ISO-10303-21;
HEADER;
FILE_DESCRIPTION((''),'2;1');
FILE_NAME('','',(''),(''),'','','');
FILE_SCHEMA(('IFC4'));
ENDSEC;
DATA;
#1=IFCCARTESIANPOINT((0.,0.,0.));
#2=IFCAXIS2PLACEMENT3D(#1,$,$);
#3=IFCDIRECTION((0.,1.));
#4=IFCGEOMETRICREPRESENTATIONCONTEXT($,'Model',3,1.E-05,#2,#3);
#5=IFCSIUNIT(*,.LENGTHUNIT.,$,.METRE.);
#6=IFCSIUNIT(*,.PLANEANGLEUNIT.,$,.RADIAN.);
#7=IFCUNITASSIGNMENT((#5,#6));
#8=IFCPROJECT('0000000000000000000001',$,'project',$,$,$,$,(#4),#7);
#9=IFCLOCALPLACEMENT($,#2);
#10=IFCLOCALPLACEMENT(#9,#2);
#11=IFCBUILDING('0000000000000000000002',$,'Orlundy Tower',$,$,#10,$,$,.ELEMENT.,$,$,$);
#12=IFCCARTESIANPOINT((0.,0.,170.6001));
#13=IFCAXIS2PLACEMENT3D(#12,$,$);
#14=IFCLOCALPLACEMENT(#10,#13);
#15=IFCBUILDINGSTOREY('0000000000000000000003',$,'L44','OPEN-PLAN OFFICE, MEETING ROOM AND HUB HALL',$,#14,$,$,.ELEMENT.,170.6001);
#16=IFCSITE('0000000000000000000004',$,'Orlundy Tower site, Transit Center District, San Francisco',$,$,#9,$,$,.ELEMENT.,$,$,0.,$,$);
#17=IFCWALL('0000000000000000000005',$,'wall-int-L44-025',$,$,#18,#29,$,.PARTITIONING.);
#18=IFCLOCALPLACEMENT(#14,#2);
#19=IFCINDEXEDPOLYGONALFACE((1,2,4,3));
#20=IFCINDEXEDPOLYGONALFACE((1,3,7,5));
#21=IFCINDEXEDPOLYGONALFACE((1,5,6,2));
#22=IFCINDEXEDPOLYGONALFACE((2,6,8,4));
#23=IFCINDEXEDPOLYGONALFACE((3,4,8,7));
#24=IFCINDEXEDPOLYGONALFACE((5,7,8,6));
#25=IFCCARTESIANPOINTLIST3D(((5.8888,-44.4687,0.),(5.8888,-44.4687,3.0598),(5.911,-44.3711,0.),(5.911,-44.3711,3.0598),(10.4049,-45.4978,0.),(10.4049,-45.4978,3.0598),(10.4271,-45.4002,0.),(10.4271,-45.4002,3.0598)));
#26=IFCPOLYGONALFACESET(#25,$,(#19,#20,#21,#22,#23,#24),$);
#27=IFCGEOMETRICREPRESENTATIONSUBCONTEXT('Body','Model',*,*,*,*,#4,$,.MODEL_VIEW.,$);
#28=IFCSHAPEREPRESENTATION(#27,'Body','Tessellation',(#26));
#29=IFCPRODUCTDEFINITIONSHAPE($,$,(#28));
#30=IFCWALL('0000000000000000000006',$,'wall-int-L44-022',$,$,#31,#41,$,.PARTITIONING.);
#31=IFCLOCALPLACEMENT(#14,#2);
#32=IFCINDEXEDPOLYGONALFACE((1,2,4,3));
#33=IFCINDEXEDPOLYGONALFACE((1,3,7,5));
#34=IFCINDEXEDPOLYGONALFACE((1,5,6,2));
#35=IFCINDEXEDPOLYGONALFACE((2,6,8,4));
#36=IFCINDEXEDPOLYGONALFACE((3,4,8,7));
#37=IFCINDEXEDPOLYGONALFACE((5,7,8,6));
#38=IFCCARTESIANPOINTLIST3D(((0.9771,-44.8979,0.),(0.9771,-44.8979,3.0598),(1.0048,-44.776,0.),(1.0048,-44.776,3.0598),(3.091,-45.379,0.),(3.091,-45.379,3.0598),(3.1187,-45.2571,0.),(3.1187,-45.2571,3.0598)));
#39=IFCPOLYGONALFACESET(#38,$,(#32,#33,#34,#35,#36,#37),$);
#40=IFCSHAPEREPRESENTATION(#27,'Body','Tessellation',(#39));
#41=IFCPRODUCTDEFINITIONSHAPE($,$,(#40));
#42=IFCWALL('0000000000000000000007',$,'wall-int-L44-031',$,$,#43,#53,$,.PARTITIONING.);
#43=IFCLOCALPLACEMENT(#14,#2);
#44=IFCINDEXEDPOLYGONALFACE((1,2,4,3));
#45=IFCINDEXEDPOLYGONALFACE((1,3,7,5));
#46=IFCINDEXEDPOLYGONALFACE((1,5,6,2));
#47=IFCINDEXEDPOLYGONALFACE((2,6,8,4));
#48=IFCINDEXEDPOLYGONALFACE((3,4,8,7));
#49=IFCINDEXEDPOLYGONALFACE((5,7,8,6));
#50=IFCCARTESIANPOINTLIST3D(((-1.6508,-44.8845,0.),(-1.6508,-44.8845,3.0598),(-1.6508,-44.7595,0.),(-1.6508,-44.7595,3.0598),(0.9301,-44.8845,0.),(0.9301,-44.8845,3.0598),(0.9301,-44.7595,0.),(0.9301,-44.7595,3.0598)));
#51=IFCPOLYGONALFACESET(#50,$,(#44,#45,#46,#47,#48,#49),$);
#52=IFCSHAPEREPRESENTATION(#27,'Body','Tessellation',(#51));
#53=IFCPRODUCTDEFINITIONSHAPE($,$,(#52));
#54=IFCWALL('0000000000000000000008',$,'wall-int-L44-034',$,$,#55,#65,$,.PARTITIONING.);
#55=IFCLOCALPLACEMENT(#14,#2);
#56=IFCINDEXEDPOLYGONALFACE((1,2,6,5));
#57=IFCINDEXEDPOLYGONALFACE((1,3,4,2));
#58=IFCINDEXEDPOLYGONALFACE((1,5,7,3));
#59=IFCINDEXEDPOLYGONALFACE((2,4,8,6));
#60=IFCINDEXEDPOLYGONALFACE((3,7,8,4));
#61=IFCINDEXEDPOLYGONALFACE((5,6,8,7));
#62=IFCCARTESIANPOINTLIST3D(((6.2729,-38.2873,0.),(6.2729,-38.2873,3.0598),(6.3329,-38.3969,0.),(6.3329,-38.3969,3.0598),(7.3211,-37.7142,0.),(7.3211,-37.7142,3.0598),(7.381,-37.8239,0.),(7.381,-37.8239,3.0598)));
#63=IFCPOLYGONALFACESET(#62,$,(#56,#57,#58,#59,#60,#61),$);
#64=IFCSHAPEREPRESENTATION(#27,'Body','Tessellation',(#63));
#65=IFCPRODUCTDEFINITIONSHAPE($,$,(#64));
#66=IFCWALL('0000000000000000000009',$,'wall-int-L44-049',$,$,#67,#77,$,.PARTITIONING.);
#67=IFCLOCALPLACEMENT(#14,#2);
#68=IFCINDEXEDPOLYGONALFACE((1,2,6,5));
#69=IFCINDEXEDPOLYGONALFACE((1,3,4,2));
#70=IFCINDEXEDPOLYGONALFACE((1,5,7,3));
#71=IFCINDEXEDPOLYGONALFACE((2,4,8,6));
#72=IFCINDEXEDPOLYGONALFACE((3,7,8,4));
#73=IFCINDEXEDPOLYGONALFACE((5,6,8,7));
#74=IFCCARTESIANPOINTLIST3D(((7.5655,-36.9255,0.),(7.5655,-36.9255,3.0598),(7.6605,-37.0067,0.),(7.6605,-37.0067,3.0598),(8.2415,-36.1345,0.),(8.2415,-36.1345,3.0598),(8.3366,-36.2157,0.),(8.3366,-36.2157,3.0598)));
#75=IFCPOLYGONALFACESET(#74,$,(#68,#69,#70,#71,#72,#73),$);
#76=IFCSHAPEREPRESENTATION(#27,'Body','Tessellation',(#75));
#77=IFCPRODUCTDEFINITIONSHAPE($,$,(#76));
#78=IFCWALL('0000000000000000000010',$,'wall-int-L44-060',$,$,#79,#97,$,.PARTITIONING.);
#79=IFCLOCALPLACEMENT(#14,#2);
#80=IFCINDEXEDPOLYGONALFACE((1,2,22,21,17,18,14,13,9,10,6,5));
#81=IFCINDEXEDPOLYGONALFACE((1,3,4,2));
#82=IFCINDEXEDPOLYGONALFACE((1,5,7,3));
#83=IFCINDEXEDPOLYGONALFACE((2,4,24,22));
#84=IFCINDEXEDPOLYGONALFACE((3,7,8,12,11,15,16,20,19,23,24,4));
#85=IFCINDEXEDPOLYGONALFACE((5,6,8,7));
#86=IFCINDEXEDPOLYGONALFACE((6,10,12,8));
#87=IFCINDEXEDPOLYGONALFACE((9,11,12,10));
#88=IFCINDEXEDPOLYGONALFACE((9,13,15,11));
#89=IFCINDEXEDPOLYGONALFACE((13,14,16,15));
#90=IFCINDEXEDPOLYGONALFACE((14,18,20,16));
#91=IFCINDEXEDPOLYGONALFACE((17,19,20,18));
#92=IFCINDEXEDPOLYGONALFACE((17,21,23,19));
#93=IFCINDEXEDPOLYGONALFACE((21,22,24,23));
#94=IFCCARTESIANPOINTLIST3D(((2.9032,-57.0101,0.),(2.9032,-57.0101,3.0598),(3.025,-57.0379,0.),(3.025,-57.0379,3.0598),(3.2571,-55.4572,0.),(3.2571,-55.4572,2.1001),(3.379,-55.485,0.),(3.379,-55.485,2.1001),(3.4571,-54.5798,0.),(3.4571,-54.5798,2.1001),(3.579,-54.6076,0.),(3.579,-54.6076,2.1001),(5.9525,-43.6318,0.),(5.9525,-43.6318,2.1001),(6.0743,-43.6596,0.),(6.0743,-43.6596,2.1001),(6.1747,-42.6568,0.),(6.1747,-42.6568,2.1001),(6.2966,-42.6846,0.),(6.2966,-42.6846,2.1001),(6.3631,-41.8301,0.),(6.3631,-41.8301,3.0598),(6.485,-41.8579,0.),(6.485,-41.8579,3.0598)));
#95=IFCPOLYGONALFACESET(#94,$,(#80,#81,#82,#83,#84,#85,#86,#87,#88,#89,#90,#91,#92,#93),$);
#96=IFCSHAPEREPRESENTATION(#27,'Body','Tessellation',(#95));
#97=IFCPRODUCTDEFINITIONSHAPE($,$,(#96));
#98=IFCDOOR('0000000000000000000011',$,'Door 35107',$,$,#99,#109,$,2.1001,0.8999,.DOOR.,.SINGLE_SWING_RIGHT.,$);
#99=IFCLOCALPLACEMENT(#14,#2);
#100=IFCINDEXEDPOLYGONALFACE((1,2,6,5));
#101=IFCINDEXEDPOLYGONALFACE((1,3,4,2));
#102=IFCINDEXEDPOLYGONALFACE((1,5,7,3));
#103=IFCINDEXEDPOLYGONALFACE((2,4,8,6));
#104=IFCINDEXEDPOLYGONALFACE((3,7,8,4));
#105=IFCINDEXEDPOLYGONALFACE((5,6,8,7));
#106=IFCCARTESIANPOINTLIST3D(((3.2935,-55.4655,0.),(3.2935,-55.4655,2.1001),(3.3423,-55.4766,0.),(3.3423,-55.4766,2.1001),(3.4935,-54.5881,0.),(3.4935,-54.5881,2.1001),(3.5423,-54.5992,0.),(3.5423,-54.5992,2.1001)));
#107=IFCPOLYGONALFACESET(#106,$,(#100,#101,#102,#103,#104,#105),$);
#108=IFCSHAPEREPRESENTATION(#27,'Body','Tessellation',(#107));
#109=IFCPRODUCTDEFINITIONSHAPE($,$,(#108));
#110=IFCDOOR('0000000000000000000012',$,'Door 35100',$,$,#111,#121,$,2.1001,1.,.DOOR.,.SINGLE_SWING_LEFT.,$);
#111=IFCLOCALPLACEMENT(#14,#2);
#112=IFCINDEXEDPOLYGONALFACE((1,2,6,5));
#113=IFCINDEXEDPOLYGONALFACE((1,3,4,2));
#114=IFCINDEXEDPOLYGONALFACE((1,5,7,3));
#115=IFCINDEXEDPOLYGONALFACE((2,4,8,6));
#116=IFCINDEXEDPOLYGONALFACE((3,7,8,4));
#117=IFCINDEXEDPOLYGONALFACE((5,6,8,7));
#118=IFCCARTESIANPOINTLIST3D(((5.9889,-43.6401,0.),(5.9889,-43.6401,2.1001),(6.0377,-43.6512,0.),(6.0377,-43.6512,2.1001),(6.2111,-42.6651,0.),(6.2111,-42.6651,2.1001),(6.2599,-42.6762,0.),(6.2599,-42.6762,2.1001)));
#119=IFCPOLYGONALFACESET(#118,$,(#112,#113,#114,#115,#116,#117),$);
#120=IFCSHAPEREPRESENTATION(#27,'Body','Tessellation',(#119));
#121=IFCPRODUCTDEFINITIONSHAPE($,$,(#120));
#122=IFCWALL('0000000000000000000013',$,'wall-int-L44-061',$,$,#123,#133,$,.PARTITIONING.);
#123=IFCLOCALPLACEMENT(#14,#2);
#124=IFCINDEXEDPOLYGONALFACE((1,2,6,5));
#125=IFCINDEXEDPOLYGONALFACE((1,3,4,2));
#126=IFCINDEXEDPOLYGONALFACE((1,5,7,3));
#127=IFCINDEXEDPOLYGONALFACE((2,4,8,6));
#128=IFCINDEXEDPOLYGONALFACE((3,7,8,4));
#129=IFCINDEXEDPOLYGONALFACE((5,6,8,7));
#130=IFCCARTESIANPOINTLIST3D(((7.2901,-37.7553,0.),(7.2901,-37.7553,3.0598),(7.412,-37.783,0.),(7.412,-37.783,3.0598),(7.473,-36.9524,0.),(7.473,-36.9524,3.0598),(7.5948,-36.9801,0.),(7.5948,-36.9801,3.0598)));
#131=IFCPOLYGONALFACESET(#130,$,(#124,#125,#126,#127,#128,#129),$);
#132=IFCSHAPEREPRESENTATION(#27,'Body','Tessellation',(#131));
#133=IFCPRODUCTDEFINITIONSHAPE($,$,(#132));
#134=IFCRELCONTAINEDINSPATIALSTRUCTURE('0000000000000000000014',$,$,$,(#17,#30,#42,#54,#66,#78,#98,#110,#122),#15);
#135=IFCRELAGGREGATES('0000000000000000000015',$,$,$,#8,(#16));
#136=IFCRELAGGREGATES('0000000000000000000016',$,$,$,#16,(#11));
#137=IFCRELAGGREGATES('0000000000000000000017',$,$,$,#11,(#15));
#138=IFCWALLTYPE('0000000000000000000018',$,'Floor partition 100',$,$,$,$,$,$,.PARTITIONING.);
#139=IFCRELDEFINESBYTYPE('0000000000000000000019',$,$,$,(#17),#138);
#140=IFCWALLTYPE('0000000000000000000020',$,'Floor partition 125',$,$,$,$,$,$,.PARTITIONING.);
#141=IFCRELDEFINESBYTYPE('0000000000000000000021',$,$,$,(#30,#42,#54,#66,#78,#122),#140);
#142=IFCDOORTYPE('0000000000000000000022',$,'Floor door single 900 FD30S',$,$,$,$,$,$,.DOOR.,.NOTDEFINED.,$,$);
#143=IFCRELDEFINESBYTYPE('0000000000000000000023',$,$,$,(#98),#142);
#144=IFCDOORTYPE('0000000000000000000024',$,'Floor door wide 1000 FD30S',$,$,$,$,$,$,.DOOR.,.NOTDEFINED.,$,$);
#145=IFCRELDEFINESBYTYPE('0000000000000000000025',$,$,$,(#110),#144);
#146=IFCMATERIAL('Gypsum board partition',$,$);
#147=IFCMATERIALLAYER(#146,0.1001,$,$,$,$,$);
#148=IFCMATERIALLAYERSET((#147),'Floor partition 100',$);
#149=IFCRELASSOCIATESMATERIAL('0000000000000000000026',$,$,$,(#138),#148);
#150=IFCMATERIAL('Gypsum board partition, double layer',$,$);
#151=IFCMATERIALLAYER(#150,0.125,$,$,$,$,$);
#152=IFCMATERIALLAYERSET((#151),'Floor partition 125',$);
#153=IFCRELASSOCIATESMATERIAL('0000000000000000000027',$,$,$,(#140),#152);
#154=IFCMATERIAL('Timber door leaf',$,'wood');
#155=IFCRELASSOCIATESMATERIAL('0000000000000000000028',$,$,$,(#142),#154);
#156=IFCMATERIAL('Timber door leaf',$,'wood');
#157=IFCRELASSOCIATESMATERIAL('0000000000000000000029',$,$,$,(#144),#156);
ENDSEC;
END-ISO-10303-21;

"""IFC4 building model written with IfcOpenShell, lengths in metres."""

from ifc_helpers import new_model, si_unit, direction, frame, frame_2d, origin, place, context, subcontext, project, spatial, rectangle, extrude, material, layer, layer_set, type_object, element, fill, save


model = new_model("IFC4")

# Units and contexts
model_context = context("Model", 3, precision=1e-05, world=origin(), true_north=direction((0.0, 1.0)))
body_context = subcontext(model_context, "Body", "Model", "MODEL_VIEW")
ifc_project = project(units=[si_unit("LENGTHUNIT", "METRE"), si_unit("PLANEANGLEUNIT", "RADIAN")], contexts=[model_context])

# Site, building, storey
site_placement = place(None, origin())
site = spatial("IfcSite", under=ifc_project, at=site_placement, Name="Orlundy Tower site, Transit Center District, San Francisco", CompositionType="ELEMENT", RefElevation=0.0)
building_placement = place(site_placement, origin())
building = spatial("IfcBuilding", under=site, at=building_placement, Name="Orlundy Tower", CompositionType="ELEMENT")
storey_placement = place(building_placement, frame((0.0, 0.0, 170.6001)))
storey = spatial("IfcBuildingStorey", under=building, at=storey_placement, Name="L44", Description="OPEN-PLAN OFFICE, MEETING ROOM AND HUB HALL", CompositionType="ELEMENT", Elevation=170.6001)

# Walls
ifc_material_1 = material(Name="Gypsum board partition")
ifc_layer_1 = layer(ifc_material_1, 0.1001)
ifc_layer_set_1 = layer_set([ifc_layer_1], Name="Floor partition 100")
wall_type_1 = type_object("IfcWallType", Name="Floor partition 100", PredefinedType="PARTITIONING", material=ifc_layer_set_1)
wall_1_placement = place(storey_placement, frame((5.8999, -44.4199, 0.0), z_axis=(0.0, 0.0, 1.0), x_axis=(0.975008, -0.222168, 0.0)))
element("IfcWall", 1, at=wall_1_placement, inside=storey, type_object=wall_type_1, Name="wall-int-L44-025", PredefinedType="PARTITIONING", context=body_context, shape_type="SweptSolid", body=[
    extrude(rectangle(XDim=4.6318, YDim=0.1001, at=frame_2d((2.3159, 0.0))), origin(), (0.0, 0.0, 1.0), 3.0598),
])
ifc_material_2 = material(Name="Gypsum board partition, double layer")
ifc_layer_2 = layer(ifc_material_2, 0.125)
ifc_layer_set_2 = layer_set([ifc_layer_2], Name="Floor partition 125")
wall_type_2 = type_object("IfcWallType", Name="Floor partition 125", PredefinedType="PARTITIONING", material=ifc_layer_set_2)
wall_2_placement = place(storey_placement, frame((0.991, -44.8369, 0.0), z_axis=(0.0, 0.0, 1.0), x_axis=(0.975059, -0.221947, 0.0)))
element("IfcWall", 2, at=wall_2_placement, inside=storey, type_object=wall_type_2, Name="wall-int-L44-022", PredefinedType="PARTITIONING", context=body_context, shape_type="SweptSolid", body=[
    extrude(rectangle(XDim=2.168, YDim=0.125, at=frame_2d((1.084, 0.0))), origin(), (0.0, 0.0, 1.0), 3.0598),
])
wall_3_placement = place(storey_placement, frame((-1.6509, -44.822, 0.0), z_axis=(0.0, 0.0, 1.0), x_axis=(1.0, 0.0, 0.0)))
element("IfcWall", 3, at=wall_3_placement, inside=storey, type_object=wall_type_2, Name="wall-int-L44-031", PredefinedType="PARTITIONING", context=body_context, shape_type="SweptSolid", body=[
    extrude(rectangle(XDim=2.5808, YDim=0.125, at=frame_2d((1.2905, 0.0))), origin(), (0.0, 0.0, 1.0), 3.0598),
])
wall_4_placement = place(storey_placement, frame((6.303, -38.342, 0.0), z_axis=(0.0, 0.0, 1.0), x_axis=(0.877434, 0.479697, 0.0)))
element("IfcWall", 4, at=wall_4_placement, inside=storey, type_object=wall_type_2, Name="wall-int-L44-034", PredefinedType="PARTITIONING", context=body_context, shape_type="SweptSolid", body=[
    extrude(rectangle(XDim=1.1946, YDim=0.125, at=frame_2d((0.5972, 0.0))), origin(), (0.0, 0.0, 1.0), 3.0598),
])
wall_5_placement = place(storey_placement, frame((7.613, -36.9661, 0.0), z_axis=(0.0, 0.0, 1.0), x_axis=(0.649689, 0.7602, 0.0)))
element("IfcWall", 5, at=wall_5_placement, inside=storey, type_object=wall_type_2, Name="wall-int-L44-049", PredefinedType="PARTITIONING", context=body_context, shape_type="SweptSolid", body=[
    extrude(rectangle(XDim=1.0405, YDim=0.125, at=frame_2d((0.5203, 0.0))), origin(), (0.0, 0.0, 1.0), 3.0598),
])

# Wall, openings, doors
wall_6_placement = place(storey_placement, frame((6.4241, -41.844, 0.0), z_axis=(0.0, 0.0, 1.0), x_axis=(-0.22223, -0.974994, 0.0)))
wall_6 = element("IfcWall", 6, at=wall_6_placement, inside=storey, type_object=wall_type_2, Name="wall-int-L44-060", PredefinedType="PARTITIONING", context=body_context, shape_type="SweptSolid", body=[
    extrude(rectangle(XDim=15.5693, YDim=0.125, at=frame_2d((7.7847, 0.0))), origin(), (0.0, 0.0, 1.0), 3.0598),
])
opening_1_placement = place(wall_6_placement, frame((0.8479, 0.0, 0.0)))
opening_1 = element("IfcOpeningElement", 7, at=opening_1_placement, cuts=wall_6, PredefinedType="OPENING", context=body_context, shape_type="SweptSolid", body=[
    extrude(rectangle(XDim=1.0, YDim=2.1001, at=frame_2d((0.5, 1.05))), frame((0.0, 0.0725, 0.0), z_axis=(0.0, -1.0, 0.0), x_axis=(1.0, 0.0, 0.0)), (0.0, 0.0, 1.0), 0.145),
])
opening_2_placement = place(wall_6_placement, frame((13.0767, 0.0, 0.0)))
opening_2 = element("IfcOpeningElement", 8, at=opening_2_placement, cuts=wall_6, PredefinedType="OPENING", context=body_context, shape_type="SweptSolid", body=[
    extrude(rectangle(XDim=0.8999, YDim=2.1001, at=frame_2d((0.45, 1.05))), frame((0.0, 0.0725, 0.0), z_axis=(0.0, -1.0, 0.0), x_axis=(1.0, 0.0, 0.0)), (0.0, 0.0, 1.0), 0.145),
])
ifc_material_3 = material(Name="Timber door leaf", Category="wood")
door_type_1 = type_object("IfcDoorType", Name="Floor door single 900 FD30S", OperationType="NOTDEFINED", PredefinedType="DOOR", material=ifc_material_3)
door_1_placement = place(opening_2_placement, origin())
door_1 = element("IfcDoor", 9, at=door_1_placement, inside=storey, type_object=door_type_1, Name="Door 35107", OperationType="SINGLE_SWING_RIGHT", OverallHeight=2.1001, OverallWidth=0.8999, PredefinedType="DOOR", context=body_context, shape_type="SweptSolid", body=[
    extrude(rectangle(XDim=0.8999, YDim=2.1001, at=frame_2d((0.45, 1.05))), frame((0.0, 0.0249, 0.0), z_axis=(0.0, -1.0, 0.0), x_axis=(1.0, 0.0, 0.0)), (0.0, 0.0, 1.0), 0.05),
])
fill(opening_2, door_1)
ifc_material_4 = material(Name="Timber door leaf", Category="wood")
door_type_2 = type_object("IfcDoorType", Name="Floor door wide 1000 FD30S", OperationType="NOTDEFINED", PredefinedType="DOOR", material=ifc_material_4)
door_2_placement = place(opening_1_placement, origin())
door_2 = element("IfcDoor", 10, at=door_2_placement, inside=storey, type_object=door_type_2, Name="Door 35100", OperationType="SINGLE_SWING_LEFT", OverallHeight=2.1001, OverallWidth=1.0, PredefinedType="DOOR", context=body_context, shape_type="SweptSolid", body=[
    extrude(rectangle(XDim=1.0, YDim=2.1001, at=frame_2d((0.5, 1.05))), frame((0.0, 0.0249, 0.0), z_axis=(0.0, -1.0, 0.0), x_axis=(1.0, 0.0, 0.0)), (0.0, 0.0, 1.0), 0.05),
])
fill(opening_1, door_2)

# Wall
wall_7_placement = place(storey_placement, frame((7.3511, -37.769, 0.0), z_axis=(0.0, 0.0, 1.0), x_axis=(0.222044, 0.975037, 0.0)))
element("IfcWall", 11, at=wall_7_placement, inside=storey, type_object=wall_type_2, Name="wall-int-L44-061", PredefinedType="PARTITIONING", context=body_context, shape_type="SweptSolid", body=[
    extrude(rectangle(XDim=0.8235, YDim=0.125, at=frame_2d((0.4116, 0.0))), origin(), (0.0, 0.0, 1.0), 3.0598),
])

save(model, "model.ifc")
